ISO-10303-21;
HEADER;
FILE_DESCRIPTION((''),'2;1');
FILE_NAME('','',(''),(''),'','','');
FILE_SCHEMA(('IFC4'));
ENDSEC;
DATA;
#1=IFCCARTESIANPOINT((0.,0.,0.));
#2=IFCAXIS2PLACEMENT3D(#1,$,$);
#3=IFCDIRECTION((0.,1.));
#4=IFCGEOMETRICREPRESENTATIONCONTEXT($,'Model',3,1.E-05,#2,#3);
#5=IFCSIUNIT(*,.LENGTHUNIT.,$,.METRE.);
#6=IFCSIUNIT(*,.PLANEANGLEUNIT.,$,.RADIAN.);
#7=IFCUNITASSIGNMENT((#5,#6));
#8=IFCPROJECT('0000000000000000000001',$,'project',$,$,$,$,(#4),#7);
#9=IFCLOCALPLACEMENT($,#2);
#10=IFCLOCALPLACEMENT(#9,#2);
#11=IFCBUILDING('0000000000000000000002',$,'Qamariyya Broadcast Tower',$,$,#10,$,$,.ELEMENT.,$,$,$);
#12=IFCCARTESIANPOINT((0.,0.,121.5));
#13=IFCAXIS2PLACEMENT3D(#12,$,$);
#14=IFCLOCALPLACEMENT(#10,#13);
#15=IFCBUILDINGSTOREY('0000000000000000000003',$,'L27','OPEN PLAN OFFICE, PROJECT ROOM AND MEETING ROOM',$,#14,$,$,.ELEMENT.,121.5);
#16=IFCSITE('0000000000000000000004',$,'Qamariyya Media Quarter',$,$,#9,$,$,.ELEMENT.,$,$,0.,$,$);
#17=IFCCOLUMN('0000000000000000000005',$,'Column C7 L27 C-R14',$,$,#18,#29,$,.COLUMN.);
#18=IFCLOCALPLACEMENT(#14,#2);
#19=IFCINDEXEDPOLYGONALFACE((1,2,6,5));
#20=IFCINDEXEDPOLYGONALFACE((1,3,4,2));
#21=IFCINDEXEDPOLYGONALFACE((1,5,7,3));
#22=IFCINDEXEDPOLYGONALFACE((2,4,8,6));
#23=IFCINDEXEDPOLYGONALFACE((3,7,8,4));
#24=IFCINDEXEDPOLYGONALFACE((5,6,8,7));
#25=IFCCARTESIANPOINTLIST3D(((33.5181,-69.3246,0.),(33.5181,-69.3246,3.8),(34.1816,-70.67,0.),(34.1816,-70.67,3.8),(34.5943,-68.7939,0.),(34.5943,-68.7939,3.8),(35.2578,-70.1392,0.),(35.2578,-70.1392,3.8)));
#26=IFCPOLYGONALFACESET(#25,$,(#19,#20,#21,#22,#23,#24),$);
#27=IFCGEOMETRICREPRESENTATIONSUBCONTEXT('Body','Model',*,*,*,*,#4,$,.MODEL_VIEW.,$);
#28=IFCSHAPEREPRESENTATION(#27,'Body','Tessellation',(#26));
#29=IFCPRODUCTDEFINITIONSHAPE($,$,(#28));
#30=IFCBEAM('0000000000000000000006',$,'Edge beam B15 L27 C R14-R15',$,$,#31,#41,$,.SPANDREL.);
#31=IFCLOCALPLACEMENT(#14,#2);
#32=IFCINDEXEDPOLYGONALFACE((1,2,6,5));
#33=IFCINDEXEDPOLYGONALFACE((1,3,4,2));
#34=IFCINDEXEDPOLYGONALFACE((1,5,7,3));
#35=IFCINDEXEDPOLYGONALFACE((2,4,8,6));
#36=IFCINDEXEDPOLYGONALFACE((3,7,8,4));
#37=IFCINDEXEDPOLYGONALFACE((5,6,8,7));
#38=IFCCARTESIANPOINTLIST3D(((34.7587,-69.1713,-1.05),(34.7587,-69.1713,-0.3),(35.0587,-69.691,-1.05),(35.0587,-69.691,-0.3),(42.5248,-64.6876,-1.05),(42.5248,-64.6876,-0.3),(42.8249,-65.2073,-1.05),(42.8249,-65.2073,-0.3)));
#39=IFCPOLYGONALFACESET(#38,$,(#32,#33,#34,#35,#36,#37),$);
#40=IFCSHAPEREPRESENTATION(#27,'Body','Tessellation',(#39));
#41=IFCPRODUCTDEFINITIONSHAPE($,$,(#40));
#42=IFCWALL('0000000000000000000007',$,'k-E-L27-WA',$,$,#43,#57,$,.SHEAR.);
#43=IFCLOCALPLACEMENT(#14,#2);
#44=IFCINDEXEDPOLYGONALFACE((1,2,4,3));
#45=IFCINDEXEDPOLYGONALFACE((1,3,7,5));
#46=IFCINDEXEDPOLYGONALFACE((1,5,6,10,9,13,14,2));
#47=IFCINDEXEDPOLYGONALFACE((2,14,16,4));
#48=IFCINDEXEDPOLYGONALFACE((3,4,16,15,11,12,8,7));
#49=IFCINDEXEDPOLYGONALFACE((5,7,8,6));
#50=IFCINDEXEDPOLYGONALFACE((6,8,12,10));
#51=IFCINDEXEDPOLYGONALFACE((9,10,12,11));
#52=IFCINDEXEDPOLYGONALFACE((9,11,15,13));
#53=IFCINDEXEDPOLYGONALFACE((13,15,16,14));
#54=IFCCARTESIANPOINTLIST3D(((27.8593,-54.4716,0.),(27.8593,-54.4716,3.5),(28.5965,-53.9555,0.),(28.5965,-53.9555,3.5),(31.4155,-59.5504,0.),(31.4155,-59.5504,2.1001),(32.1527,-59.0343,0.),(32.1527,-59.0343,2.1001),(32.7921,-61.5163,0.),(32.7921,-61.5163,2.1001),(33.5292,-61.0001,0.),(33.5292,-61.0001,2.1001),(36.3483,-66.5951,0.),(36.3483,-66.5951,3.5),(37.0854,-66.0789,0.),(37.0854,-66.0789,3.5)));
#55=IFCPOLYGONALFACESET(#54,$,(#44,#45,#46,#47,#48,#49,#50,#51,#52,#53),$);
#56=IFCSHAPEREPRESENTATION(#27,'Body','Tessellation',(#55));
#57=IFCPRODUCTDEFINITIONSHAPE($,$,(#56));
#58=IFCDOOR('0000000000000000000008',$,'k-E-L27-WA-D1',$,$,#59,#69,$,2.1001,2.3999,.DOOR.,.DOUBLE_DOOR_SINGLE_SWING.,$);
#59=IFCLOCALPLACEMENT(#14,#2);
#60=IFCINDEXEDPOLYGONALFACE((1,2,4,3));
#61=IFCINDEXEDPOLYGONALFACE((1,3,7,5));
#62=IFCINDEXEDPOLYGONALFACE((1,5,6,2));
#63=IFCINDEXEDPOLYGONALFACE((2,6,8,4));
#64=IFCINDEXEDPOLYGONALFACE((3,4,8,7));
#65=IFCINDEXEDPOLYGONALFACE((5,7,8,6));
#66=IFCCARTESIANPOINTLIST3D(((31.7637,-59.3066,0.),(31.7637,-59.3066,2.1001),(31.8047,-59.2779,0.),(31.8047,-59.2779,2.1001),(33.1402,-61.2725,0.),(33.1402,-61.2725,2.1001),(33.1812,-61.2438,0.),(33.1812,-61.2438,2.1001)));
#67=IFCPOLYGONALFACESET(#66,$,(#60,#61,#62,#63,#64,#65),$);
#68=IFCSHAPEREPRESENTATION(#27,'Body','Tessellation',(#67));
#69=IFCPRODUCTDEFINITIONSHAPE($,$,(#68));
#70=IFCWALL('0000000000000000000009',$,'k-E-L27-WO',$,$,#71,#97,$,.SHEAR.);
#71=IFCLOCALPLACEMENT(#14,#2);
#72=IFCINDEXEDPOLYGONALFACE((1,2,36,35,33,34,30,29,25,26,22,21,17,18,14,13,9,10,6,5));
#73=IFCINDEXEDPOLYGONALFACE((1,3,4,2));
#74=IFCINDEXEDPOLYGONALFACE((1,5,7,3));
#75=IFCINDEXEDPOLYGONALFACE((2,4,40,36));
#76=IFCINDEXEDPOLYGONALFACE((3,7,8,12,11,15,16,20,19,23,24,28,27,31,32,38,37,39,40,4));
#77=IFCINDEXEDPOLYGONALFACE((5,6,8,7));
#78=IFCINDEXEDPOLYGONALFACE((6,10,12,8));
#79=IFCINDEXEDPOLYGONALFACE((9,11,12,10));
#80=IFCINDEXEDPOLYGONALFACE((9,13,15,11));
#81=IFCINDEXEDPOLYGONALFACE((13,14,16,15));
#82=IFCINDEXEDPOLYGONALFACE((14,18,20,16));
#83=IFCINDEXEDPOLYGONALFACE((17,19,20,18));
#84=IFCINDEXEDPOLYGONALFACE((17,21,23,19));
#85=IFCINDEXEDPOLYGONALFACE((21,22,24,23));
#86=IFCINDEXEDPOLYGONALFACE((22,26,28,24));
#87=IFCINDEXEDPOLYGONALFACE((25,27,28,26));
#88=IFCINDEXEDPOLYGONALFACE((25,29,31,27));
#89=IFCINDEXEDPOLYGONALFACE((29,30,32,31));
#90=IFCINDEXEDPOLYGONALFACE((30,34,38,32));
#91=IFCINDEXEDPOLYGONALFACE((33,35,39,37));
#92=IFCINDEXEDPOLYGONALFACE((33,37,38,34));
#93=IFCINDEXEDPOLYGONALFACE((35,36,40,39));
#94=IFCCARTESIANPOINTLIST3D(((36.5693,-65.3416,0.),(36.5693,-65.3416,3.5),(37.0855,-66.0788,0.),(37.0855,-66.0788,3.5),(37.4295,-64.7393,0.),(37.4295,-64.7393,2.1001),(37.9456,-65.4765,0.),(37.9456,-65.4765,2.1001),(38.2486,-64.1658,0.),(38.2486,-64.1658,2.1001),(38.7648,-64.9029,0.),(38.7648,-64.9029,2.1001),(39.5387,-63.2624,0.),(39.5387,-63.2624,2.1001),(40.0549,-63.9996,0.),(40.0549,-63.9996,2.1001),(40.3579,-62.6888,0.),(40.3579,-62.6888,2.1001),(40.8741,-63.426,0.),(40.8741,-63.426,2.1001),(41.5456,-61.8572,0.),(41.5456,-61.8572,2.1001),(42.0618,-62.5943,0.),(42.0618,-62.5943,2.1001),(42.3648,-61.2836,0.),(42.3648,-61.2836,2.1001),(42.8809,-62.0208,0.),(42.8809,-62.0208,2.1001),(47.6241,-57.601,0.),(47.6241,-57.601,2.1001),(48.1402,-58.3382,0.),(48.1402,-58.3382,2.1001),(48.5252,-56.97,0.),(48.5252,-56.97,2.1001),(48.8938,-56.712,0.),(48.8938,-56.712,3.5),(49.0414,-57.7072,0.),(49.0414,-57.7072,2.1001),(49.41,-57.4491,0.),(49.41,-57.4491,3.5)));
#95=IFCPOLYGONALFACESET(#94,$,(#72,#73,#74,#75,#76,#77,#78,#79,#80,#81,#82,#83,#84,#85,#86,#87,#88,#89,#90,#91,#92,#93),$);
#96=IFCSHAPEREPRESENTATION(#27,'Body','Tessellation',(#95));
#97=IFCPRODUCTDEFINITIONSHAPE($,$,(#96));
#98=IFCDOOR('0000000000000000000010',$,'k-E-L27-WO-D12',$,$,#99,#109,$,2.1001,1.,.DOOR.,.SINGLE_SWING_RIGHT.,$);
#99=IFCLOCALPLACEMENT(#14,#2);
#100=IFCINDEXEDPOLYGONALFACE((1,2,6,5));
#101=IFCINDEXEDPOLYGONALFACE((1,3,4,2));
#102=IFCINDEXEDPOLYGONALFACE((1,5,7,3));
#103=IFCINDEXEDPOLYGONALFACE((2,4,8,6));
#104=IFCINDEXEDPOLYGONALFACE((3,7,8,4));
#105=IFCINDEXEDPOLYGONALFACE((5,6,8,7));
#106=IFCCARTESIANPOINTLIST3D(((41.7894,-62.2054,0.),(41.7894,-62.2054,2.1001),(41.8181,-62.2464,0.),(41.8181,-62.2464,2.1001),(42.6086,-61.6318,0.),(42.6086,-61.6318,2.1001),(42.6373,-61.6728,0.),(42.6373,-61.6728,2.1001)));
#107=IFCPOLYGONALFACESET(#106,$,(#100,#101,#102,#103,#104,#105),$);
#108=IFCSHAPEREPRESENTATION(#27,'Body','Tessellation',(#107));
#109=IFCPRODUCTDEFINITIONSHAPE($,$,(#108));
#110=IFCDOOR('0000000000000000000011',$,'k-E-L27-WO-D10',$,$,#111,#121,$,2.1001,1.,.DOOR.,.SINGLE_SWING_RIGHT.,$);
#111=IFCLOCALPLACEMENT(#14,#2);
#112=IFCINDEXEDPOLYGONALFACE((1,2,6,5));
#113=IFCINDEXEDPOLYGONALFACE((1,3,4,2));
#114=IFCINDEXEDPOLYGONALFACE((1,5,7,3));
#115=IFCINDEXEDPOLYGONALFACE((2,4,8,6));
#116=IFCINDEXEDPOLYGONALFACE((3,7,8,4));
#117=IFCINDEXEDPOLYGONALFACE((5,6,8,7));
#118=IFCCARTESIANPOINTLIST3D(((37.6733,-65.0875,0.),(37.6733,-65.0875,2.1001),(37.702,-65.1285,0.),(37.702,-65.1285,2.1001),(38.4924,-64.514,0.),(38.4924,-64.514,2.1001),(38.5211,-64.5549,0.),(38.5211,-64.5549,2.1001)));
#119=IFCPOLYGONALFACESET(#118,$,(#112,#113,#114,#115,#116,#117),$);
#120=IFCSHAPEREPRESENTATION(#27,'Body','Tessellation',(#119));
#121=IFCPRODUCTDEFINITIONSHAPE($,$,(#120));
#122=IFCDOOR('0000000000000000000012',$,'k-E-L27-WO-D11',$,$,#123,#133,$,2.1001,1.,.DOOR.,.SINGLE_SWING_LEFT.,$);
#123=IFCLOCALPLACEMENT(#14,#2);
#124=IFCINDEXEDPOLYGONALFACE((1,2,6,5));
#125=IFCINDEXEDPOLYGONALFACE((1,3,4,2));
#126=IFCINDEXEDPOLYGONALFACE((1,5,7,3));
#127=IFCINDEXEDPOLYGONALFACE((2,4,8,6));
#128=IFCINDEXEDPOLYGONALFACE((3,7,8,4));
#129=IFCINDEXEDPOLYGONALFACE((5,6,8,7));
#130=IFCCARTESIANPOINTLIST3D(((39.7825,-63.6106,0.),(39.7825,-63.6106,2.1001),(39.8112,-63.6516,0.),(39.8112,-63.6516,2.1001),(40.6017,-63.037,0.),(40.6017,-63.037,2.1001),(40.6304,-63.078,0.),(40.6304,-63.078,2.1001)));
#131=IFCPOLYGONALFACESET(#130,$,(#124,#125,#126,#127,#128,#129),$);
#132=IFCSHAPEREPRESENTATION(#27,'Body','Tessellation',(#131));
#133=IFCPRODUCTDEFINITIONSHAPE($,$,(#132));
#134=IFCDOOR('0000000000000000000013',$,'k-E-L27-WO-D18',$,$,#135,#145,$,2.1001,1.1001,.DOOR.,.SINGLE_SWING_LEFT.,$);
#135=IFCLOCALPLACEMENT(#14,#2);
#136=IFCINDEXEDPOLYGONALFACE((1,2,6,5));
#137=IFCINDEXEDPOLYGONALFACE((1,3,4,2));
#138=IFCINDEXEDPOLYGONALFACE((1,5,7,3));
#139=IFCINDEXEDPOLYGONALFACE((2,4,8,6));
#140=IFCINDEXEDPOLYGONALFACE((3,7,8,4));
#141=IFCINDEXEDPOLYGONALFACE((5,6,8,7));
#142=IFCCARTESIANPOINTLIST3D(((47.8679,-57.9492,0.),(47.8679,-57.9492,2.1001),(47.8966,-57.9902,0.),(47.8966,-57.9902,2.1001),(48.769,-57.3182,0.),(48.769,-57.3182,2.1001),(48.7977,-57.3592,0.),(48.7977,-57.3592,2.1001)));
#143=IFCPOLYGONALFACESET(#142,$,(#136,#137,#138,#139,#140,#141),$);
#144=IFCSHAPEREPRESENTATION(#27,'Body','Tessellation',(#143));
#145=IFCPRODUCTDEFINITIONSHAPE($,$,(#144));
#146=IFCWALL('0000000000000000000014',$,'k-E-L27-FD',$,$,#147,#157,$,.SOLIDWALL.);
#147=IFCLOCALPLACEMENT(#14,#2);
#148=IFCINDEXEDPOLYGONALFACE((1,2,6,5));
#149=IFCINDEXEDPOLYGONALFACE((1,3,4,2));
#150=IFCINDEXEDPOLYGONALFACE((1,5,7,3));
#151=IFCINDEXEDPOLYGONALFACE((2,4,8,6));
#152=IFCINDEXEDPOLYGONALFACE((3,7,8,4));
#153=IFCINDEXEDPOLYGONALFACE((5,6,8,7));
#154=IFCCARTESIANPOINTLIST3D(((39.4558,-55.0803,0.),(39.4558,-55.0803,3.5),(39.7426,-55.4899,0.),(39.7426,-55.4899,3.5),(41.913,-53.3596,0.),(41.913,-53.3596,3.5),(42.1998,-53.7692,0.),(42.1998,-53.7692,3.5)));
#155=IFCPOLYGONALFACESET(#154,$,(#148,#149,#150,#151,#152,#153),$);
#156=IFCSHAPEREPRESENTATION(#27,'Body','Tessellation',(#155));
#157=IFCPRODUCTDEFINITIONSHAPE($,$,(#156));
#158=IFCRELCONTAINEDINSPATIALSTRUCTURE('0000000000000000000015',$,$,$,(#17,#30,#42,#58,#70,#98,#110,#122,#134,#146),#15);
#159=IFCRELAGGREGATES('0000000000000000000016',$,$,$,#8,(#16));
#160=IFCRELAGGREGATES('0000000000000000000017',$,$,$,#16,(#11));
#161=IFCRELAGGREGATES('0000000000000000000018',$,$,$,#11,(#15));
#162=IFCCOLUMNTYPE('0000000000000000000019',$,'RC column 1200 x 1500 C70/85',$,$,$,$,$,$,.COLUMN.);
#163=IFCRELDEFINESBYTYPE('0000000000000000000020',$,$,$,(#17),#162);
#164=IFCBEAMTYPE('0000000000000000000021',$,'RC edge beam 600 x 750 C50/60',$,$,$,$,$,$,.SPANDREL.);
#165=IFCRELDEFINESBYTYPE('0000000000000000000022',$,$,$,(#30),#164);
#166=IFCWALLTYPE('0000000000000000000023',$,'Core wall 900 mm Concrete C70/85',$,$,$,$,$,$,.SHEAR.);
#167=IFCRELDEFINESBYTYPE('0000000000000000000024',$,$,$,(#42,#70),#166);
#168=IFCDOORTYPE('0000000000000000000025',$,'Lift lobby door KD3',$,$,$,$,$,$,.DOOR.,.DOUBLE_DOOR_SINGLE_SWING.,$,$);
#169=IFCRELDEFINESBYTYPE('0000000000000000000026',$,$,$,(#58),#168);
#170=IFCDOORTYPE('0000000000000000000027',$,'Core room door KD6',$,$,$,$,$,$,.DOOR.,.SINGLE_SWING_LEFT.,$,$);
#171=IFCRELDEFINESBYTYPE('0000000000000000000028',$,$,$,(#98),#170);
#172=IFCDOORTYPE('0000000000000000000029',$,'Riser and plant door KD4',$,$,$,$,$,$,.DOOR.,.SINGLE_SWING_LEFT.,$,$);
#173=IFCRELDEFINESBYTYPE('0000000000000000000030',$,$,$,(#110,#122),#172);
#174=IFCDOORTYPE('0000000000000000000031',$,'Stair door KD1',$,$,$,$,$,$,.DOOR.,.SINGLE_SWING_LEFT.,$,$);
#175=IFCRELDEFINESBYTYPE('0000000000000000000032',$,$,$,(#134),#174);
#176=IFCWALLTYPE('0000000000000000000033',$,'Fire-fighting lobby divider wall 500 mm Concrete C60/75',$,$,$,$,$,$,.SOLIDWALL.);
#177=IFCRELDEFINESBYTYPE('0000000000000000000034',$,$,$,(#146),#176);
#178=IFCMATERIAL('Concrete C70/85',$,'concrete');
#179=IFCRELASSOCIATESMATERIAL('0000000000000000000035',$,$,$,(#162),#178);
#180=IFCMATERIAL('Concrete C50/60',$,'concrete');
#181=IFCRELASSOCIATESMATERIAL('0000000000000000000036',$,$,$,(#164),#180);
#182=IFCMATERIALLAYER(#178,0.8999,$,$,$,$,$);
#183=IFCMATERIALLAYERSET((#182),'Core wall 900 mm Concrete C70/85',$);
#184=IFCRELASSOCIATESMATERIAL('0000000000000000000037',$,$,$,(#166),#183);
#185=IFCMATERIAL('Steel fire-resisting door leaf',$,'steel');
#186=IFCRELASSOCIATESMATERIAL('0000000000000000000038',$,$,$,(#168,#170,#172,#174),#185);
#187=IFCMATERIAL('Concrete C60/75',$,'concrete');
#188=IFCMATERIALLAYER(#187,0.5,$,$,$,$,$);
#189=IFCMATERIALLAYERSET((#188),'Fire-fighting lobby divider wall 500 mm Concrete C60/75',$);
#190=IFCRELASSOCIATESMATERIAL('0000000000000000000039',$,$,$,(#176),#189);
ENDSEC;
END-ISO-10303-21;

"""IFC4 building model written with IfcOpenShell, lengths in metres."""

from ifc_helpers import new_model, si_unit, direction, frame, frame_2d, origin, origin_2d, place, context, subcontext, project, spatial, rectangle, extrude, material, layer, layer_set, material_profile, profile_set, type_object, element, fill, save


model = new_model("IFC4")

# Units and contexts
model_context = context("Model", 3, precision=1e-05, world=origin(), true_north=direction((0.0, 1.0)))
body_context = subcontext(model_context, "Body", "Model", "MODEL_VIEW")
ifc_project = project(units=[si_unit("LENGTHUNIT", "METRE"), si_unit("PLANEANGLEUNIT", "RADIAN")], contexts=[model_context])

# Site, building, storey
site_placement = place(None, origin())
site = spatial("IfcSite", under=ifc_project, at=site_placement, Name="Qamariyya Media Quarter", CompositionType="ELEMENT", RefElevation=0.0)
building_placement = place(site_placement, origin())
building = spatial("IfcBuilding", under=site, at=building_placement, Name="Qamariyya Broadcast Tower", CompositionType="ELEMENT")
storey_placement = place(building_placement, frame((0.0, 0.0, 121.5)))
storey = spatial("IfcBuildingStorey", under=building, at=storey_placement, Name="L27", Description="OPEN PLAN OFFICE, PROJECT ROOM AND MEETING ROOM", CompositionType="ELEMENT", Elevation=121.5)

# Column
ifc_material_1 = material(Name="Concrete C70/85", Category="concrete")
ifc_material_profile_1 = material_profile(ifc_material_1, rectangle(XDim=1.2, YDim=1.5, at=origin_2d()))
ifc_profile_set_1 = profile_set([ifc_material_profile_1], Name="Concrete C70/85")
column_type = type_object("IfcColumnType", Name="RC column 1200 x 1500 C70/85", PredefinedType="COLUMN", material=ifc_profile_set_1)
column_placement = place(storey_placement, frame((34.3879, -69.7319, 0.0), z_axis=(0.0, 0.0, 1.0), x_axis=(0.896873, 0.442289, 0.0)))
element("IfcColumn", 1, at=column_placement, inside=storey, type_object=column_type, Name="Column C7 L27 C-R14", PredefinedType="COLUMN", context=body_context, shape_type="SweptSolid", body=[
    extrude(rectangle(XDim=1.2, YDim=1.5, at=origin_2d()), origin(), (0.0, 0.0, 1.0), 3.8),
])

# Beam
ifc_material_2 = material(Name="Concrete C50/60", Category="concrete")
ifc_material_profile_2 = material_profile(ifc_material_2, rectangle(XDim=0.6001, YDim=0.75, at=origin_2d()))
ifc_profile_set_2 = profile_set([ifc_material_profile_2], Name="Concrete C50/60")
beam_type = type_object("IfcBeamType", Name="RC edge beam 600 x 750 C50/60", PredefinedType="SPANDREL", material=ifc_profile_set_2)
beam_placement = place(storey_placement, frame((34.9087, -69.4312, -0.675), z_axis=(0.866031, 0.49999, 0.0), x_axis=(-0.49999, 0.866031, 0.0)))
element("IfcBeam", 2, at=beam_placement, inside=storey, type_object=beam_type, Name="Edge beam B15 L27 C R14-R15", PredefinedType="SPANDREL", context=body_context, shape_type="SweptSolid", body=[
    extrude(rectangle(XDim=0.6001, YDim=0.75, at=origin_2d()), origin(), (0.0, 0.0, 1.0), 8.9675),
])

# Wall, opening, door
ifc_layer_1 = layer(ifc_material_1, 0.8999)
ifc_layer_set_1 = layer_set([ifc_layer_1], Name="Core wall 900 mm Concrete C70/85")
wall_type_1 = type_object("IfcWallType", Name="Core wall 900 mm Concrete C70/85", PredefinedType="SHEAR", material=ifc_layer_set_1)
wall_1_placement = place(storey_placement, frame((36.7168, -66.3369, 0.0), z_axis=(0.0, 0.0, 1.0), x_axis=(-0.573577, 0.819151, 0.0)))
wall_1 = element("IfcWall", 3, at=wall_1_placement, inside=storey, type_object=wall_type_1, Name="k-E-L27-WA", PredefinedType="SHEAR", context=body_context, shape_type="SweptSolid", body=[
    extrude(rectangle(XDim=14.8, YDim=0.8999, at=frame_2d((7.3999, 0.0))), origin(), (0.0, 0.0, 1.0), 3.5),
])
opening_1_placement = place(wall_1_placement, frame((6.2, 0.0, 0.0)))
opening_1 = element("IfcOpeningElement", 4, at=opening_1_placement, cuts=wall_1, PredefinedType="OPENING", context=body_context, shape_type="SweptSolid", body=[
    extrude(rectangle(XDim=2.3999, YDim=2.1001, at=frame_2d((1.2, 1.05))), frame((0.0, 0.46, 0.0), z_axis=(0.0, -1.0, 0.0), x_axis=(1.0, 0.0, 0.0)), (0.0, 0.0, 1.0), 0.9199),
])
ifc_material_3 = material(Name="Steel fire-resisting door leaf", Category="steel")
door_type_1 = type_object("IfcDoorType", Name="Lift lobby door KD3", OperationType="DOUBLE_DOOR_SINGLE_SWING", PredefinedType="DOOR", material=ifc_material_3)
door_1_placement = place(opening_1_placement, origin())
door_1 = element("IfcDoor", 5, at=door_1_placement, inside=storey, type_object=door_type_1, Name="k-E-L27-WA-D1", OperationType="DOUBLE_DOOR_SINGLE_SWING", OverallHeight=2.1001, OverallWidth=2.3999, PredefinedType="DOOR", context=body_context, shape_type="SweptSolid", body=[
    extrude(rectangle(XDim=2.3999, YDim=2.1001, at=frame_2d((1.2, 1.05))), frame((0.0, 0.0249, 0.0), z_axis=(0.0, -1.0, 0.0), x_axis=(1.0, 0.0, 0.0)), (0.0, 0.0, 1.0), 0.05),
])
fill(opening_1, door_1)

# Wall, openings, doors
wall_2_placement = place(storey_placement, frame((36.8274, -65.7102, 0.0), z_axis=(0.0, 0.0, 1.0), x_axis=(0.819153, 0.573575, 0.0)))
wall_2 = element("IfcWall", 6, at=wall_2_placement, inside=storey, type_object=wall_type_1, Name="k-E-L27-WO", PredefinedType="SHEAR", context=body_context, shape_type="SweptSolid", body=[
    extrude(rectangle(XDim=15.0454, YDim=0.8999, at=frame_2d((7.5227, 0.0))), origin(), (0.0, 0.0, 1.0), 3.5),
])
opening_2_placement = place(wall_2_placement, frame((1.05, 0.0, 0.0)))
opening_2 = element("IfcOpeningElement", 7, at=opening_2_placement, cuts=wall_2, PredefinedType="OPENING", context=body_context, shape_type="SweptSolid", body=[
    extrude(rectangle(XDim=1.0, YDim=2.1001, at=frame_2d((0.5, 1.05))), frame((0.0, 0.46, 0.0), z_axis=(0.0, -1.0, 0.0), x_axis=(1.0, 0.0, 0.0)), (0.0, 0.0, 1.0), 0.9199),
])
opening_3_placement = place(wall_2_placement, frame((3.625, 0.0, 0.0)))
opening_3 = element("IfcOpeningElement", 8, at=opening_3_placement, cuts=wall_2, PredefinedType="OPENING", context=body_context, shape_type="SweptSolid", body=[
    extrude(rectangle(XDim=1.0, YDim=2.1001, at=frame_2d((0.5, 1.05))), frame((0.0, 0.46, 0.0), z_axis=(0.0, -1.0, 0.0), x_axis=(1.0, 0.0, 0.0)), (0.0, 0.0, 1.0), 0.9199),
])
opening_4_placement = place(wall_2_placement, frame((6.075, 0.0, 0.0)))
opening_4 = element("IfcOpeningElement", 9, at=opening_4_placement, cuts=wall_2, PredefinedType="OPENING", context=body_context, shape_type="SweptSolid", body=[
    extrude(rectangle(XDim=1.0, YDim=2.1001, at=frame_2d((0.5, 1.05))), frame((0.0, 0.46, 0.0), z_axis=(0.0, -1.0, 0.0), x_axis=(1.0, 0.0, 0.0)), (0.0, 0.0, 1.0), 0.9199),
])
opening_5_placement = place(wall_2_placement, frame((13.4954, 0.0, 0.0)))
opening_5 = element("IfcOpeningElement", 10, at=opening_5_placement, cuts=wall_2, PredefinedType="OPENING", context=body_context, shape_type="SweptSolid", body=[
    extrude(rectangle(XDim=1.1001, YDim=2.1001, at=frame_2d((0.55, 1.05))), frame((0.0, 0.46, 0.0), z_axis=(0.0, -1.0, 0.0), x_axis=(1.0, 0.0, 0.0)), (0.0, 0.0, 1.0), 0.9199),
])
door_type_2 = type_object("IfcDoorType", Name="Core room door KD6", OperationType="SINGLE_SWING_LEFT", PredefinedType="DOOR", material=ifc_material_3)
door_2_placement = place(opening_4_placement, origin())
door_2 = element("IfcDoor", 11, at=door_2_placement, inside=storey, type_object=door_type_2, Name="k-E-L27-WO-D12", OperationType="SINGLE_SWING_RIGHT", OverallHeight=2.1001, OverallWidth=1.0, PredefinedType="DOOR", context=body_context, shape_type="SweptSolid", body=[
    extrude(rectangle(XDim=1.0, YDim=2.1001, at=frame_2d((0.5, 1.05))), frame((0.0, 0.0249, 0.0), z_axis=(0.0, -1.0, 0.0), x_axis=(1.0, 0.0, 0.0)), (0.0, 0.0, 1.0), 0.05),
])
fill(opening_4, door_2)
door_type_3 = type_object("IfcDoorType", Name="Riser and plant door KD4", OperationType="SINGLE_SWING_LEFT", PredefinedType="DOOR", material=ifc_material_3)
door_3_placement = place(opening_2_placement, origin())
door_3 = element("IfcDoor", 12, at=door_3_placement, inside=storey, type_object=door_type_3, Name="k-E-L27-WO-D10", OperationType="SINGLE_SWING_RIGHT", OverallHeight=2.1001, OverallWidth=1.0, PredefinedType="DOOR", context=body_context, shape_type="SweptSolid", body=[
    extrude(rectangle(XDim=1.0, YDim=2.1001, at=frame_2d((0.5, 1.05))), frame((0.0, 0.0249, 0.0), z_axis=(0.0, -1.0, 0.0), x_axis=(1.0, 0.0, 0.0)), (0.0, 0.0, 1.0), 0.05),
])
fill(opening_2, door_3)
door_4_placement = place(opening_3_placement, origin())
door_4 = element("IfcDoor", 13, at=door_4_placement, inside=storey, type_object=door_type_3, Name="k-E-L27-WO-D11", OperationType="SINGLE_SWING_LEFT", OverallHeight=2.1001, OverallWidth=1.0, PredefinedType="DOOR", context=body_context, shape_type="SweptSolid", body=[
    extrude(rectangle(XDim=1.0, YDim=2.1001, at=frame_2d((0.5, 1.05))), frame((0.0, 0.0249, 0.0), z_axis=(0.0, -1.0, 0.0), x_axis=(1.0, 0.0, 0.0)), (0.0, 0.0, 1.0), 0.05),
])
fill(opening_3, door_4)
door_type_4 = type_object("IfcDoorType", Name="Stair door KD1", OperationType="SINGLE_SWING_LEFT", PredefinedType="DOOR", material=ifc_material_3)
door_5_placement = place(opening_5_placement, origin())
door_5 = element("IfcDoor", 14, at=door_5_placement, inside=storey, type_object=door_type_4, Name="k-E-L27-WO-D18", OperationType="SINGLE_SWING_LEFT", OverallHeight=2.1001, OverallWidth=1.1001, PredefinedType="DOOR", context=body_context, shape_type="SweptSolid", body=[
    extrude(rectangle(XDim=1.1001, YDim=2.1001, at=frame_2d((0.55, 1.05))), frame((0.0, 0.0249, 0.0), z_axis=(0.0, -1.0, 0.0), x_axis=(1.0, 0.0, 0.0)), (0.0, 0.0, 1.0), 0.05),
])
fill(opening_5, door_5)

# Wall
ifc_material_4 = material(Name="Concrete C60/75", Category="concrete")
ifc_layer_2 = layer(ifc_material_4, 0.5)
ifc_layer_set_2 = layer_set([ifc_layer_2], Name="Fire-fighting lobby divider wall 500 mm Concrete C60/75")
wall_type_2 = type_object("IfcWallType", Name="Fire-fighting lobby divider wall 500 mm Concrete C60/75", PredefinedType="SOLIDWALL", material=ifc_layer_set_2)
wall_3_placement = place(storey_placement, frame((39.5991, -55.2852, 0.0), z_axis=(0.0, 0.0, 1.0), x_axis=(0.819136, 0.573599, 0.0)))
element("IfcWall", 15, at=wall_3_placement, inside=storey, type_object=wall_type_2, Name="k-E-L27-FD", PredefinedType="SOLIDWALL", context=body_context, shape_type="SweptSolid", body=[
    extrude(rectangle(XDim=2.9998, YDim=0.5, at=frame_2d((1.5, 0.0))), origin(), (0.0, 0.0, 1.0), 3.5),
])

save(model, "model.ifc")
